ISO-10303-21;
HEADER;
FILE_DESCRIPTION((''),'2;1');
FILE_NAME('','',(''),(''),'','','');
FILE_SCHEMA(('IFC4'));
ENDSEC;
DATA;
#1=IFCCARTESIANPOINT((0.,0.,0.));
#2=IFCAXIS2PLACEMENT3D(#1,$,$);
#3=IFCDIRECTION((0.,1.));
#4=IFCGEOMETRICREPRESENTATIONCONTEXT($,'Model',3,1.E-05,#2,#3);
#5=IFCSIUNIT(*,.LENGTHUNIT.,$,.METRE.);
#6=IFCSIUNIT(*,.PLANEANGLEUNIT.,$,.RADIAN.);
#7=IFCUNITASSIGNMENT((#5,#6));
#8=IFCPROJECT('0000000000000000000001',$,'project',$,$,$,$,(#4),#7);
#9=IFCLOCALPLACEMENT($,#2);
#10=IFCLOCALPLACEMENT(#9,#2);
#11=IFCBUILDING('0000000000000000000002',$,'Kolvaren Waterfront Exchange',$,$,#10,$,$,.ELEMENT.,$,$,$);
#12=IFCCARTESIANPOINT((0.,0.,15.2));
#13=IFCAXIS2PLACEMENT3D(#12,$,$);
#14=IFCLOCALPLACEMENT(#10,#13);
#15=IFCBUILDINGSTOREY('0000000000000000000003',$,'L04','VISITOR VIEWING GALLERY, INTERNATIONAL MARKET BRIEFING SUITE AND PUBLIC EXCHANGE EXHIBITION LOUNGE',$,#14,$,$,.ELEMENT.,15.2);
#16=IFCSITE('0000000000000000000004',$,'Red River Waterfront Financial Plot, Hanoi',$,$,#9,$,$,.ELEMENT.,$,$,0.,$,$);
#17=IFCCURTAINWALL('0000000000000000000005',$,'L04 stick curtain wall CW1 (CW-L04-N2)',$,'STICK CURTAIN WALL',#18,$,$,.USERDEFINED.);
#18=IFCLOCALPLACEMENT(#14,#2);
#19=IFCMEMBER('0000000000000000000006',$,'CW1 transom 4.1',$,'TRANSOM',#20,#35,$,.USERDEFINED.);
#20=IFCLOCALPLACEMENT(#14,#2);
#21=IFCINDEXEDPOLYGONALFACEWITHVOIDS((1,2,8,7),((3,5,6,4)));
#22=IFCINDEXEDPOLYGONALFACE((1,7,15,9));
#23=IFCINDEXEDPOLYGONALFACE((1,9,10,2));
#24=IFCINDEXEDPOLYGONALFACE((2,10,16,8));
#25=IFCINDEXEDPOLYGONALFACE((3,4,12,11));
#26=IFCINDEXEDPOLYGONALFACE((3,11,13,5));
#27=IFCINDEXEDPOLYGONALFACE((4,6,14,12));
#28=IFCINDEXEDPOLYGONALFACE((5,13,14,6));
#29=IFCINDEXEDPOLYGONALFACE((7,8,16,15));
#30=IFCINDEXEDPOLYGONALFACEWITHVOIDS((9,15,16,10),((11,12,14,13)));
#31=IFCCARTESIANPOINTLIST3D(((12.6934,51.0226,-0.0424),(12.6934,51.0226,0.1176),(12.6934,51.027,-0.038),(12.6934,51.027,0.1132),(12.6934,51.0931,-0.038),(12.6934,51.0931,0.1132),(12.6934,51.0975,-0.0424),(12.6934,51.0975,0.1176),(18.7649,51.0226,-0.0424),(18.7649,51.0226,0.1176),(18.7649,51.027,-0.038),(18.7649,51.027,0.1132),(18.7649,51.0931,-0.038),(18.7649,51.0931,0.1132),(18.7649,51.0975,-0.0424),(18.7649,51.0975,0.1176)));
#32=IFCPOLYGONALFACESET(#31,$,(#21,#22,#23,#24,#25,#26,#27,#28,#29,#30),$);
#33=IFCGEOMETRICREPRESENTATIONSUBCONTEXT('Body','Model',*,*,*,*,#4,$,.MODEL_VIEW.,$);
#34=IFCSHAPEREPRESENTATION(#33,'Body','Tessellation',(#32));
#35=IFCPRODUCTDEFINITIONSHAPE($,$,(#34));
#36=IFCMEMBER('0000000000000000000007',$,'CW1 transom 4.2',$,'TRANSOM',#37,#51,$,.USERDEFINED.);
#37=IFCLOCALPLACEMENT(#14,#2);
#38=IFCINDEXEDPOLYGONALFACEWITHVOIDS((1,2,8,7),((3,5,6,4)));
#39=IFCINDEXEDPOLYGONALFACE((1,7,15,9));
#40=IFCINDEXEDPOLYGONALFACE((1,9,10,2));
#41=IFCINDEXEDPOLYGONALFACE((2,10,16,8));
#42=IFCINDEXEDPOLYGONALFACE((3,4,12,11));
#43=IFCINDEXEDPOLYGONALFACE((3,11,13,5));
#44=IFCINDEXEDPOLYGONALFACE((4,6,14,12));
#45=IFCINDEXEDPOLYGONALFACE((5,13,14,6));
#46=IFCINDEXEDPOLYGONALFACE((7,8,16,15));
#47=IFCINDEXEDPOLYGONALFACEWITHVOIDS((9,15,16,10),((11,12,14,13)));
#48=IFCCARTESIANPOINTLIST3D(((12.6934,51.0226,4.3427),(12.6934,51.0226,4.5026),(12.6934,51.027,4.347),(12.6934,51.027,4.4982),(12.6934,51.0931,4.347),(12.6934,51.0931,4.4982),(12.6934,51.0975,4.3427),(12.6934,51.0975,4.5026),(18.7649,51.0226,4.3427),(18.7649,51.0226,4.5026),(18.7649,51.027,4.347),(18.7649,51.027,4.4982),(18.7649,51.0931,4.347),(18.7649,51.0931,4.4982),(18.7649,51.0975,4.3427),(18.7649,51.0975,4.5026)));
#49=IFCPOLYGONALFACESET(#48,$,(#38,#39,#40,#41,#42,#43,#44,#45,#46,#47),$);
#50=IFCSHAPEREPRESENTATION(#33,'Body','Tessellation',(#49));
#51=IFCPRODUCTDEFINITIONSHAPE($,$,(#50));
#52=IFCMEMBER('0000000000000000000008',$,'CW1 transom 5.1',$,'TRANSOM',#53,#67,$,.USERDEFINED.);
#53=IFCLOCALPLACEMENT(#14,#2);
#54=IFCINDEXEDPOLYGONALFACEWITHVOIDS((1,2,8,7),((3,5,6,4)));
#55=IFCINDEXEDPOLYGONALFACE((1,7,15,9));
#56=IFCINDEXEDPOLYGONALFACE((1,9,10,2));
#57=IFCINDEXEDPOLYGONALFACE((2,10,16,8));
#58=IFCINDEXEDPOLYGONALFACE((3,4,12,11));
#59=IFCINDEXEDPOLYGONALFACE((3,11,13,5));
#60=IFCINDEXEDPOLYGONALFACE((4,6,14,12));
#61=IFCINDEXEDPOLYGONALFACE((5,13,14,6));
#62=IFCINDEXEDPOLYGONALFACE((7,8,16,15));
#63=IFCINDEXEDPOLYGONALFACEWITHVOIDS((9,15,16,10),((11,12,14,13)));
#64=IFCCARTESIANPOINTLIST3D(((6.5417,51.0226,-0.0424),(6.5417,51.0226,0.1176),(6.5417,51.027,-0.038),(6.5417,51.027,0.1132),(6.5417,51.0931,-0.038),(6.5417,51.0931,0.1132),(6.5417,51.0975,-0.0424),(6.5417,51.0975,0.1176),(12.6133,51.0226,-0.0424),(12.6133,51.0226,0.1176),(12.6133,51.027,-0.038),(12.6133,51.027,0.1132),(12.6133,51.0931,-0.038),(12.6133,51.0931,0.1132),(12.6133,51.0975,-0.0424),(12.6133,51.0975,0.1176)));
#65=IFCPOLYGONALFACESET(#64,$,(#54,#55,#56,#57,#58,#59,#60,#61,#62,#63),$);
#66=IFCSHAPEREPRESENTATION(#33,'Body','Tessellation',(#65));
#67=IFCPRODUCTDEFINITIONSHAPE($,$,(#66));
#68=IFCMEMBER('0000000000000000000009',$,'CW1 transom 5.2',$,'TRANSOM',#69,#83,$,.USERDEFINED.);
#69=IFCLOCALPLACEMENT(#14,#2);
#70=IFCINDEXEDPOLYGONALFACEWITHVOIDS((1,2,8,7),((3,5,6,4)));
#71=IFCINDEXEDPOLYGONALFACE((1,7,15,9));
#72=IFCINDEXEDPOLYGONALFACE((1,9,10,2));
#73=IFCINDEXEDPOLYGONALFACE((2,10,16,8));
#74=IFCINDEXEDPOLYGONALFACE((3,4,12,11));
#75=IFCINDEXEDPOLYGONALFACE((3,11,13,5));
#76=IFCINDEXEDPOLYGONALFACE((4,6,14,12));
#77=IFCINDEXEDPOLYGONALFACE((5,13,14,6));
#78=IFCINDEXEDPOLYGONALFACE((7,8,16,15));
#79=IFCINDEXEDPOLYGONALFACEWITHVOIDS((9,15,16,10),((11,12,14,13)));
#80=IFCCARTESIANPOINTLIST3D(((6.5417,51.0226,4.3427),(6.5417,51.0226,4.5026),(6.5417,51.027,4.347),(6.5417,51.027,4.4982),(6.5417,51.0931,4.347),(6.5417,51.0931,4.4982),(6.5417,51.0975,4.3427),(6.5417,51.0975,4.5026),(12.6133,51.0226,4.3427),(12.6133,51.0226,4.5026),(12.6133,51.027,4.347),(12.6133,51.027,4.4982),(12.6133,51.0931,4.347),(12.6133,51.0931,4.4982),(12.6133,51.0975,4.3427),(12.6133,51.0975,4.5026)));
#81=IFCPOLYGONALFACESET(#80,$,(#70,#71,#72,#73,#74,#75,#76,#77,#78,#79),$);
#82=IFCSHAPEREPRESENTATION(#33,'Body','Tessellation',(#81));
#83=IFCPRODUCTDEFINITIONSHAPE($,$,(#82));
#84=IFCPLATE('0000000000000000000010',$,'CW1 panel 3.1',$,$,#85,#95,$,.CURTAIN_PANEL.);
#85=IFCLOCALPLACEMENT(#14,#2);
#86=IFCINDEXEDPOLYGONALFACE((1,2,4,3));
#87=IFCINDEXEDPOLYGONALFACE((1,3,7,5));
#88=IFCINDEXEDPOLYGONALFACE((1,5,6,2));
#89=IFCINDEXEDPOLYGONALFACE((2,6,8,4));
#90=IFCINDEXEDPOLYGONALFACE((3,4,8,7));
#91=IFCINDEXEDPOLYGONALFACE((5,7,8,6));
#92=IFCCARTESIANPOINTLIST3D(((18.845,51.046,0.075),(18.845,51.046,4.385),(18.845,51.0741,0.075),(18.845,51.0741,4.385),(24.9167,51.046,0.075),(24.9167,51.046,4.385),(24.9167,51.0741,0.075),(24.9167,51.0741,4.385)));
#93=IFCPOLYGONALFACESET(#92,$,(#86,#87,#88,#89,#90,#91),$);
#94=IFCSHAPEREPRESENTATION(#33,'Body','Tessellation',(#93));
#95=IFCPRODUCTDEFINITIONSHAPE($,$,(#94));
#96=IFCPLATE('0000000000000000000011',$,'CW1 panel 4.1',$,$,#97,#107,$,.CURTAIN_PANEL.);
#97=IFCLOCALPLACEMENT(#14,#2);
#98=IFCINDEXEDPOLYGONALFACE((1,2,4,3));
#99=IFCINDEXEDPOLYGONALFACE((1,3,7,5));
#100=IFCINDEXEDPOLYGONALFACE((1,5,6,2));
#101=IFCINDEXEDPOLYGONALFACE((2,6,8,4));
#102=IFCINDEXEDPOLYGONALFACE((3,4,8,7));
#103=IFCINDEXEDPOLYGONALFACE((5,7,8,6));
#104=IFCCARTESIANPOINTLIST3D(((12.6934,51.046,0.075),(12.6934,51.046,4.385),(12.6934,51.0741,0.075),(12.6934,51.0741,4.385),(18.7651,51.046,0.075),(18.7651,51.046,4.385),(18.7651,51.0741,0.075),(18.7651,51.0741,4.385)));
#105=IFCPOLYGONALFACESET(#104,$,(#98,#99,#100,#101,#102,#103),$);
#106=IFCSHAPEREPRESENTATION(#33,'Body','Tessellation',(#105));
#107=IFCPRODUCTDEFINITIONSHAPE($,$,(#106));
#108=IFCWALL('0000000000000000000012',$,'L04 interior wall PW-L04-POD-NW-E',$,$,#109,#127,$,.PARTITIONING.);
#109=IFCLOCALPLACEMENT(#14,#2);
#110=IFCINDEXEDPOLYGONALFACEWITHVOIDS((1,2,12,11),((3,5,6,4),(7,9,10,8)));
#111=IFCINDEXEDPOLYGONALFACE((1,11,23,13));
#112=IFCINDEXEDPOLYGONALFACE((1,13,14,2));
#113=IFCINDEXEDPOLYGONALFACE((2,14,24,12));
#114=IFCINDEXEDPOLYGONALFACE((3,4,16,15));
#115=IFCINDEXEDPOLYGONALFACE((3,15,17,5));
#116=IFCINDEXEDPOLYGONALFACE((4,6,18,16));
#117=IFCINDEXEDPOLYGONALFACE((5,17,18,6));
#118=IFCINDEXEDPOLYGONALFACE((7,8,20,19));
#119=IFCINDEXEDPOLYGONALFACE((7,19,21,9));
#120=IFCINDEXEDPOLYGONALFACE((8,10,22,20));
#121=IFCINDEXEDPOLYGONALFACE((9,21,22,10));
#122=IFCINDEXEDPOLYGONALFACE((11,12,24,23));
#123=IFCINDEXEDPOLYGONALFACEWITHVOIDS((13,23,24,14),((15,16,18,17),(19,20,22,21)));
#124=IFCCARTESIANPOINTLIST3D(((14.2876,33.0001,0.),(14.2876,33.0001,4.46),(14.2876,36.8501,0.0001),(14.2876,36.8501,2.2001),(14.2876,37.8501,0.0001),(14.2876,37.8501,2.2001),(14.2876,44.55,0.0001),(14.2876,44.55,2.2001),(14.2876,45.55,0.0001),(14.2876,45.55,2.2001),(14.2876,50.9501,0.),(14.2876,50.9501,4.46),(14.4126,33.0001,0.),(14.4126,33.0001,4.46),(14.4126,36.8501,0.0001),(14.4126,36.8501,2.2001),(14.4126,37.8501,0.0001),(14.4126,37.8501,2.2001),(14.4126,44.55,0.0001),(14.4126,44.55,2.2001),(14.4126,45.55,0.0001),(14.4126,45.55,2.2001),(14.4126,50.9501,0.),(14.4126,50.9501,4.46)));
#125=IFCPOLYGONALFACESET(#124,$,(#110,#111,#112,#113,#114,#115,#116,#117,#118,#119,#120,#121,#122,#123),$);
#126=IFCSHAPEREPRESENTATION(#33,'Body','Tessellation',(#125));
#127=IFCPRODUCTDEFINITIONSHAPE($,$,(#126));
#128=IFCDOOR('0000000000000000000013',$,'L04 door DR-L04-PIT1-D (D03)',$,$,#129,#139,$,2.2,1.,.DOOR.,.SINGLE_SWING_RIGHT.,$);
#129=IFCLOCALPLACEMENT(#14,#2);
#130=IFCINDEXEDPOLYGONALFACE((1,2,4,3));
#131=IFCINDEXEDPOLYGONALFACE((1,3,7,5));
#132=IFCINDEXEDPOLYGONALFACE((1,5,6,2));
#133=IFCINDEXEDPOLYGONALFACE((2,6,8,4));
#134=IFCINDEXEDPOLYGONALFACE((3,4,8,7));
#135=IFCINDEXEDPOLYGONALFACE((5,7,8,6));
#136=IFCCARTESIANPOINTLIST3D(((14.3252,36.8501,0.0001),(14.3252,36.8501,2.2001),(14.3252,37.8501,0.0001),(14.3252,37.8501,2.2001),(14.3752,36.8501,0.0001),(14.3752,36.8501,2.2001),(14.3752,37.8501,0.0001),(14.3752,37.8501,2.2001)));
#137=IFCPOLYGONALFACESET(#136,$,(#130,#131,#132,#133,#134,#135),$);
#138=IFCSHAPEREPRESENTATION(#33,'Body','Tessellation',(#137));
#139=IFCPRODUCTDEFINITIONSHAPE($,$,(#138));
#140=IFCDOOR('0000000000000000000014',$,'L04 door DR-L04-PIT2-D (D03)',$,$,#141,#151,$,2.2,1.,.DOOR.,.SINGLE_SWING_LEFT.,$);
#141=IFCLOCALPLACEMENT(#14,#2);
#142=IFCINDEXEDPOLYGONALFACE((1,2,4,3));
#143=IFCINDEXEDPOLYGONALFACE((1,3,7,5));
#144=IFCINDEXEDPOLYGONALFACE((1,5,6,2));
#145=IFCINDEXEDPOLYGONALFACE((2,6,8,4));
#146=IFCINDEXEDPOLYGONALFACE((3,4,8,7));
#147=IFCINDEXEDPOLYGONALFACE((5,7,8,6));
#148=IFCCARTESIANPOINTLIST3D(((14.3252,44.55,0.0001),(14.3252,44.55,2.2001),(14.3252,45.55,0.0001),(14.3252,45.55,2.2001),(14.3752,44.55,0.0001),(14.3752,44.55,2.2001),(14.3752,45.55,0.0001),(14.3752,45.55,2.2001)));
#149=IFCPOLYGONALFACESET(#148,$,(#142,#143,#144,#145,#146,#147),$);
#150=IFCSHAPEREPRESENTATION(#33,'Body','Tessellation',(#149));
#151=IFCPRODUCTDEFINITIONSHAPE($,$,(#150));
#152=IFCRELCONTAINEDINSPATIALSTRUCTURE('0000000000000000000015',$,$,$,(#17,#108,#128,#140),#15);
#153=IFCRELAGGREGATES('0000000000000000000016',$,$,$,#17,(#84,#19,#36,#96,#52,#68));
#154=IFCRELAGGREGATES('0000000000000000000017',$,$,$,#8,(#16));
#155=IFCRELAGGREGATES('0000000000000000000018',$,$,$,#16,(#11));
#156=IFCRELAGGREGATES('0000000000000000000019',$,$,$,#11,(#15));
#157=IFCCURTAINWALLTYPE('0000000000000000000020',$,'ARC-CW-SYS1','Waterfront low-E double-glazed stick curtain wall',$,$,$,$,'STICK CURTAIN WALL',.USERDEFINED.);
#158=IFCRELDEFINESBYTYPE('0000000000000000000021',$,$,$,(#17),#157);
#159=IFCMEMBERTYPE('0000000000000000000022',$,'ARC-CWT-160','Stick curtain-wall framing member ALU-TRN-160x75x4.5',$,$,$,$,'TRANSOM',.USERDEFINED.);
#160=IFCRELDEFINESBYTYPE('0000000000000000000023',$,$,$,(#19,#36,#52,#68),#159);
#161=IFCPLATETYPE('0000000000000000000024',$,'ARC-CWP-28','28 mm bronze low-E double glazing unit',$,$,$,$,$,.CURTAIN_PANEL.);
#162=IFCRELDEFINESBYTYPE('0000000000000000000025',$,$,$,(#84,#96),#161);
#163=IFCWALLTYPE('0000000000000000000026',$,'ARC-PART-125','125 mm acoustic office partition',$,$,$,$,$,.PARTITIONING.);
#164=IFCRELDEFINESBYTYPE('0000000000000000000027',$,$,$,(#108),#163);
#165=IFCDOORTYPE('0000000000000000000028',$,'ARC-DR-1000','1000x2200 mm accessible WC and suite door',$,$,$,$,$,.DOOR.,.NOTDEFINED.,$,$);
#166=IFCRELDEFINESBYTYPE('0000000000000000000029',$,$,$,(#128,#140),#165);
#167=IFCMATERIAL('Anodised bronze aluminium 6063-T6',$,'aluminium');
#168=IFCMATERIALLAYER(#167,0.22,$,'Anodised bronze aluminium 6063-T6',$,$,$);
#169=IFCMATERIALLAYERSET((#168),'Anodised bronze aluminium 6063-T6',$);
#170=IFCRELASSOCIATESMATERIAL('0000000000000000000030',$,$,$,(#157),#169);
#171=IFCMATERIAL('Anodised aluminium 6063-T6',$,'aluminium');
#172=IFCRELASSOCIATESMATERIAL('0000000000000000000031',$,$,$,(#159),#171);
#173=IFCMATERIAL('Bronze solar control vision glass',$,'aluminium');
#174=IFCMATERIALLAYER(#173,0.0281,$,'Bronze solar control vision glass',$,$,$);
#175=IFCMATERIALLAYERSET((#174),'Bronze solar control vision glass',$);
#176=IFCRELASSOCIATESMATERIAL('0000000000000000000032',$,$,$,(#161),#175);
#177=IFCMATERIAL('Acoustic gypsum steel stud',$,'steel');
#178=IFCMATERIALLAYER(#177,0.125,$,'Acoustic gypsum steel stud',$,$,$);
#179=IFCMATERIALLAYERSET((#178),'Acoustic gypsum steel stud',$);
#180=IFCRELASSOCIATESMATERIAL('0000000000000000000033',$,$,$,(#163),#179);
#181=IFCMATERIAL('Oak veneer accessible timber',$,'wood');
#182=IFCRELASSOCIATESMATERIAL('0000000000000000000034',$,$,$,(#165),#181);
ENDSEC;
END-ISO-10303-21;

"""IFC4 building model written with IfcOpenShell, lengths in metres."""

from ifc_helpers import new_model, si_unit, direction, frame, frame_2d, origin, origin_with_axes, origin_2d, place, context, subcontext, project, spatial, rectangle, hollow_rectangle, extrude, source, transform, mapped, material, layer, layer_set, material_profile, profile_set, type_object, element, fill, aggregate, save


model = new_model("IFC4")

# Units and contexts
model_context = context("Model", 3, precision=1e-05, world=origin(), true_north=direction((0.0, 1.0)))
body_context = subcontext(model_context, "Body", "Model", "MODEL_VIEW")
ifc_project = project(units=[si_unit("LENGTHUNIT", "METRE"), si_unit("PLANEANGLEUNIT", "RADIAN")], contexts=[model_context])

# Site, building, storey
site_placement = place(None, origin())
site = spatial("IfcSite", under=ifc_project, at=site_placement, Name="Red River Waterfront Financial Plot, Hanoi", CompositionType="ELEMENT", RefElevation=0.0)
building_placement = place(site_placement, origin())
building = spatial("IfcBuilding", under=site, at=building_placement, Name="Kolvaren Waterfront Exchange", CompositionType="ELEMENT")
storey_placement = place(building_placement, frame((0.0, 0.0, 15.2)))
storey = spatial("IfcBuildingStorey", under=building, at=storey_placement, Name="L04", Description="VISITOR VIEWING GALLERY, INTERNATIONAL MARKET BRIEFING SUITE AND PUBLIC EXCHANGE EXHIBITION LOUNGE", CompositionType="ELEMENT", Elevation=15.2)

# Curtain wall, members, plates
ifc_material_1 = material(Name="Anodised bronze aluminium 6063-T6", Category="aluminium")
ifc_layer_1 = layer(ifc_material_1, 0.22, Name="Anodised bronze aluminium 6063-T6")
ifc_layer_set_1 = layer_set([ifc_layer_1], Name="Anodised bronze aluminium 6063-T6")
curtain_wall_type = type_object("IfcCurtainWallType", Name="ARC-CW-SYS1", Description="Waterfront low-E double-glazed stick curtain wall", ElementType="STICK CURTAIN WALL", PredefinedType="USERDEFINED", material=ifc_layer_set_1)
curtain_wall_placement = place(storey_placement, origin())
curtain_wall = element("IfcCurtainWall", 1, at=curtain_wall_placement, inside=storey, type_object=curtain_wall_type, Name="L04 stick curtain wall CW1 (CW-L04-N2)", ObjectType="STICK CURTAIN WALL", PredefinedType="USERDEFINED")
ifc_material_2 = material(Name="Anodised aluminium 6063-T6", Category="aluminium")
ifc_material_profile_1 = material_profile(ifc_material_2, hollow_rectangle(XDim=0.075, YDim=0.1599, WallThickness=0.0044, at=origin_2d()), Name="ALU-TRN-160x75x4.5")
ifc_profile_set_1 = profile_set([ifc_material_profile_1], Name="Anodised aluminium 6063-T6")
member_type_1 = type_object("IfcMemberType", Name="ARC-CWT-160", Description="Stick curtain-wall framing member ALU-TRN-160x75x4.5", ElementType="TRANSOM", PredefinedType="USERDEFINED", material=ifc_profile_set_1)
shared_shape_1 = source(origin_with_axes(), body_context, "Body", "SweptSolid", [
    extrude(hollow_rectangle(XDim=0.075, YDim=0.1599, WallThickness=0.0044, at=origin_2d()), origin(), (0.0, 0.0, 1.0), 6.0715),
])
member_1_placement = place(storey_placement, frame((18.7649, 51.0601, 0.0376), z_axis=(-1.0, 0.0, 0.0), x_axis=(0.0, -1.0, 0.0)))
member_1 = element("IfcMember", 2, at=member_1_placement, type_object=member_type_1, Name="CW1 transom 4.1", ObjectType="TRANSOM", PredefinedType="USERDEFINED", context=body_context, shape_type="MappedRepresentation", body=[
    mapped(shared_shape_1, transform((0.0, 0.0, 0.0), x_axis=(1.0, 0.0, 0.0), y_axis=(0.0, 1.0, 0.0), z_axis=(0.0, 0.0, 1.0), scale=1.0)),
])
member_2_placement = place(storey_placement, frame((18.7649, 51.0601, 4.4226), z_axis=(-1.0, 0.0, 0.0), x_axis=(0.0, -1.0, 0.0)))
member_2 = element("IfcMember", 3, at=member_2_placement, type_object=member_type_1, Name="CW1 transom 4.2", ObjectType="TRANSOM", PredefinedType="USERDEFINED", context=body_context, shape_type="MappedRepresentation", body=[
    mapped(shared_shape_1, transform((0.0, 0.0, 0.0), x_axis=(1.0, 0.0, 0.0), y_axis=(0.0, 1.0, 0.0), z_axis=(0.0, 0.0, 1.0), scale=1.0)),
])
member_3_placement = place(storey_placement, frame((12.6133, 51.0601, 0.0376), z_axis=(-1.0, 0.0, 0.0), x_axis=(0.0, -1.0, 0.0)))
member_3 = element("IfcMember", 4, at=member_3_placement, type_object=member_type_1, Name="CW1 transom 5.1", ObjectType="TRANSOM", PredefinedType="USERDEFINED", context=body_context, shape_type="MappedRepresentation", body=[
    mapped(shared_shape_1, transform((0.0, 0.0, 0.0), x_axis=(1.0, 0.0, 0.0), y_axis=(0.0, 1.0, 0.0), z_axis=(0.0, 0.0, 1.0), scale=1.0)),
])
member_4_placement = place(storey_placement, frame((12.6133, 51.0601, 4.4226), z_axis=(-1.0, 0.0, 0.0), x_axis=(0.0, -1.0, 0.0)))
member_4 = element("IfcMember", 5, at=member_4_placement, type_object=member_type_1, Name="CW1 transom 5.2", ObjectType="TRANSOM", PredefinedType="USERDEFINED", context=body_context, shape_type="MappedRepresentation", body=[
    mapped(shared_shape_1, transform((0.0, 0.0, 0.0), x_axis=(1.0, 0.0, 0.0), y_axis=(0.0, 1.0, 0.0), z_axis=(0.0, 0.0, 1.0), scale=1.0)),
])
ifc_material_3 = material(Name="Bronze solar control vision glass", Category="aluminium")
ifc_layer_2 = layer(ifc_material_3, 0.0281, Name="Bronze solar control vision glass")
ifc_layer_set_2 = layer_set([ifc_layer_2], Name="Bronze solar control vision glass")
plate_type = type_object("IfcPlateType", Name="ARC-CWP-28", Description="28 mm bronze low-E double glazing unit", PredefinedType="CURTAIN_PANEL", material=ifc_layer_set_2)
shared_shape_2 = source(origin_with_axes(), body_context, "Body", "SweptSolid", [
    extrude(rectangle(XDim=6.0718, YDim=0.0281, at=origin_2d()), origin(), (0.0, 0.0, 1.0), 4.3101),
])
plate_1_placement = place(storey_placement, frame((21.8809, 51.0601, 0.075), z_axis=(0.0, 0.0, 1.0), x_axis=(-1.0, 0.0, 0.0)))
plate_1 = element("IfcPlate", 6, at=plate_1_placement, type_object=plate_type, Name="CW1 panel 3.1", PredefinedType="CURTAIN_PANEL", context=body_context, shape_type="MappedRepresentation", body=[
    mapped(shared_shape_2, transform((0.0, 0.0, 0.0), x_axis=(1.0, 0.0, 0.0), y_axis=(0.0, 1.0, 0.0), z_axis=(0.0, 0.0, 1.0), scale=1.0)),
])
plate_2_placement = place(storey_placement, frame((15.7292, 51.0601, 0.075), z_axis=(0.0, 0.0, 1.0), x_axis=(-1.0, 0.0, 0.0)))
plate_2 = element("IfcPlate", 7, at=plate_2_placement, type_object=plate_type, Name="CW1 panel 4.1", PredefinedType="CURTAIN_PANEL", context=body_context, shape_type="MappedRepresentation", body=[
    mapped(shared_shape_2, transform((0.0, 0.0, 0.0), x_axis=(1.0, 0.0, 0.0), y_axis=(0.0, 1.0, 0.0), z_axis=(0.0, 0.0, 1.0), scale=1.0)),
])
aggregate(curtain_wall, [plate_1, member_1, member_2, plate_2, member_3, member_4])

# Wall, openings, doors
ifc_material_4 = material(Name="Acoustic gypsum steel stud", Category="steel")
ifc_layer_3 = layer(ifc_material_4, 0.125, Name="Acoustic gypsum steel stud")
ifc_layer_set_3 = layer_set([ifc_layer_3], Name="Acoustic gypsum steel stud")
wall_type = type_object("IfcWallType", Name="ARC-PART-125", Description="125 mm acoustic office partition", PredefinedType="PARTITIONING", material=ifc_layer_set_3)
wall_1_placement = place(storey_placement, frame((14.3501, 33.0, 0.0), z_axis=(0.0, 0.0, 1.0), x_axis=(0.0, 1.0, 0.0)))
wall_1 = element("IfcWall", 8, at=wall_1_placement, inside=storey, type_object=wall_type, Name="L04 interior wall PW-L04-POD-NW-E", PredefinedType="PARTITIONING", context=body_context, shape_type="SweptSolid", body=[
    extrude(rectangle(XDim=17.95, YDim=0.125, at=frame_2d((8.9751, 0.0))), origin(), (0.0, 0.0, 1.0), 4.46),
])
opening_1_placement = place(wall_1_placement, frame((3.8501, 0.0, 0.0)))
opening_1 = element("IfcOpeningElement", 9, at=opening_1_placement, cuts=wall_1, PredefinedType="OPENING", context=body_context, shape_type="SweptSolid", body=[
    extrude(rectangle(XDim=1.0, YDim=2.2, at=frame_2d((0.5, 1.1001))), frame((0.0, 0.0725, 0.0), z_axis=(0.0, -1.0, 0.0), x_axis=(1.0, 0.0, 0.0)), (0.0, 0.0, 1.0), 0.145),
])
opening_2_placement = place(wall_1_placement, frame((11.55, 0.0, 0.0)))
opening_2 = element("IfcOpeningElement", 10, at=opening_2_placement, cuts=wall_1, PredefinedType="OPENING", context=body_context, shape_type="SweptSolid", body=[
    extrude(rectangle(XDim=1.0, YDim=2.2, at=frame_2d((0.5, 1.1001))), frame((0.0, 0.0725, 0.0), z_axis=(0.0, -1.0, 0.0), x_axis=(1.0, 0.0, 0.0)), (0.0, 0.0, 1.0), 0.145),
])
ifc_material_5 = material(Name="Oak veneer accessible timber", Category="wood")
door_type_1 = type_object("IfcDoorType", Name="ARC-DR-1000", Description="1000x2200 mm accessible WC and suite door", OperationType="NOTDEFINED", PredefinedType="DOOR", material=ifc_material_5)
door_1_placement = place(opening_1_placement, origin())
door_1 = element("IfcDoor", 11, at=door_1_placement, inside=storey, type_object=door_type_1, Name="L04 door DR-L04-PIT1-D (D03)", OperationType="SINGLE_SWING_RIGHT", OverallHeight=2.2, OverallWidth=1.0, PredefinedType="DOOR", context=body_context, shape_type="SweptSolid", body=[
    extrude(rectangle(XDim=1.0, YDim=2.2, at=frame_2d((0.5, 1.1001))), frame((0.0, 0.0249, 0.0), z_axis=(0.0, -1.0, 0.0), x_axis=(1.0, 0.0, 0.0)), (0.0, 0.0, 1.0), 0.05),
])
fill(opening_1, door_1)
door_2_placement = place(opening_2_placement, origin())
door_2 = element("IfcDoor", 12, at=door_2_placement, inside=storey, type_object=door_type_1, Name="L04 door DR-L04-PIT2-D (D03)", OperationType="SINGLE_SWING_LEFT", OverallHeight=2.2, OverallWidth=1.0, PredefinedType="DOOR", context=body_context, shape_type="SweptSolid", body=[
    extrude(rectangle(XDim=1.0, YDim=2.2, at=frame_2d((0.5, 1.1001))), frame((0.0, 0.0249, 0.0), z_axis=(0.0, -1.0, 0.0), x_axis=(1.0, 0.0, 0.0)), (0.0, 0.0, 1.0), 0.05),
])
fill(opening_2, door_2)

save(model, "model.ifc")
